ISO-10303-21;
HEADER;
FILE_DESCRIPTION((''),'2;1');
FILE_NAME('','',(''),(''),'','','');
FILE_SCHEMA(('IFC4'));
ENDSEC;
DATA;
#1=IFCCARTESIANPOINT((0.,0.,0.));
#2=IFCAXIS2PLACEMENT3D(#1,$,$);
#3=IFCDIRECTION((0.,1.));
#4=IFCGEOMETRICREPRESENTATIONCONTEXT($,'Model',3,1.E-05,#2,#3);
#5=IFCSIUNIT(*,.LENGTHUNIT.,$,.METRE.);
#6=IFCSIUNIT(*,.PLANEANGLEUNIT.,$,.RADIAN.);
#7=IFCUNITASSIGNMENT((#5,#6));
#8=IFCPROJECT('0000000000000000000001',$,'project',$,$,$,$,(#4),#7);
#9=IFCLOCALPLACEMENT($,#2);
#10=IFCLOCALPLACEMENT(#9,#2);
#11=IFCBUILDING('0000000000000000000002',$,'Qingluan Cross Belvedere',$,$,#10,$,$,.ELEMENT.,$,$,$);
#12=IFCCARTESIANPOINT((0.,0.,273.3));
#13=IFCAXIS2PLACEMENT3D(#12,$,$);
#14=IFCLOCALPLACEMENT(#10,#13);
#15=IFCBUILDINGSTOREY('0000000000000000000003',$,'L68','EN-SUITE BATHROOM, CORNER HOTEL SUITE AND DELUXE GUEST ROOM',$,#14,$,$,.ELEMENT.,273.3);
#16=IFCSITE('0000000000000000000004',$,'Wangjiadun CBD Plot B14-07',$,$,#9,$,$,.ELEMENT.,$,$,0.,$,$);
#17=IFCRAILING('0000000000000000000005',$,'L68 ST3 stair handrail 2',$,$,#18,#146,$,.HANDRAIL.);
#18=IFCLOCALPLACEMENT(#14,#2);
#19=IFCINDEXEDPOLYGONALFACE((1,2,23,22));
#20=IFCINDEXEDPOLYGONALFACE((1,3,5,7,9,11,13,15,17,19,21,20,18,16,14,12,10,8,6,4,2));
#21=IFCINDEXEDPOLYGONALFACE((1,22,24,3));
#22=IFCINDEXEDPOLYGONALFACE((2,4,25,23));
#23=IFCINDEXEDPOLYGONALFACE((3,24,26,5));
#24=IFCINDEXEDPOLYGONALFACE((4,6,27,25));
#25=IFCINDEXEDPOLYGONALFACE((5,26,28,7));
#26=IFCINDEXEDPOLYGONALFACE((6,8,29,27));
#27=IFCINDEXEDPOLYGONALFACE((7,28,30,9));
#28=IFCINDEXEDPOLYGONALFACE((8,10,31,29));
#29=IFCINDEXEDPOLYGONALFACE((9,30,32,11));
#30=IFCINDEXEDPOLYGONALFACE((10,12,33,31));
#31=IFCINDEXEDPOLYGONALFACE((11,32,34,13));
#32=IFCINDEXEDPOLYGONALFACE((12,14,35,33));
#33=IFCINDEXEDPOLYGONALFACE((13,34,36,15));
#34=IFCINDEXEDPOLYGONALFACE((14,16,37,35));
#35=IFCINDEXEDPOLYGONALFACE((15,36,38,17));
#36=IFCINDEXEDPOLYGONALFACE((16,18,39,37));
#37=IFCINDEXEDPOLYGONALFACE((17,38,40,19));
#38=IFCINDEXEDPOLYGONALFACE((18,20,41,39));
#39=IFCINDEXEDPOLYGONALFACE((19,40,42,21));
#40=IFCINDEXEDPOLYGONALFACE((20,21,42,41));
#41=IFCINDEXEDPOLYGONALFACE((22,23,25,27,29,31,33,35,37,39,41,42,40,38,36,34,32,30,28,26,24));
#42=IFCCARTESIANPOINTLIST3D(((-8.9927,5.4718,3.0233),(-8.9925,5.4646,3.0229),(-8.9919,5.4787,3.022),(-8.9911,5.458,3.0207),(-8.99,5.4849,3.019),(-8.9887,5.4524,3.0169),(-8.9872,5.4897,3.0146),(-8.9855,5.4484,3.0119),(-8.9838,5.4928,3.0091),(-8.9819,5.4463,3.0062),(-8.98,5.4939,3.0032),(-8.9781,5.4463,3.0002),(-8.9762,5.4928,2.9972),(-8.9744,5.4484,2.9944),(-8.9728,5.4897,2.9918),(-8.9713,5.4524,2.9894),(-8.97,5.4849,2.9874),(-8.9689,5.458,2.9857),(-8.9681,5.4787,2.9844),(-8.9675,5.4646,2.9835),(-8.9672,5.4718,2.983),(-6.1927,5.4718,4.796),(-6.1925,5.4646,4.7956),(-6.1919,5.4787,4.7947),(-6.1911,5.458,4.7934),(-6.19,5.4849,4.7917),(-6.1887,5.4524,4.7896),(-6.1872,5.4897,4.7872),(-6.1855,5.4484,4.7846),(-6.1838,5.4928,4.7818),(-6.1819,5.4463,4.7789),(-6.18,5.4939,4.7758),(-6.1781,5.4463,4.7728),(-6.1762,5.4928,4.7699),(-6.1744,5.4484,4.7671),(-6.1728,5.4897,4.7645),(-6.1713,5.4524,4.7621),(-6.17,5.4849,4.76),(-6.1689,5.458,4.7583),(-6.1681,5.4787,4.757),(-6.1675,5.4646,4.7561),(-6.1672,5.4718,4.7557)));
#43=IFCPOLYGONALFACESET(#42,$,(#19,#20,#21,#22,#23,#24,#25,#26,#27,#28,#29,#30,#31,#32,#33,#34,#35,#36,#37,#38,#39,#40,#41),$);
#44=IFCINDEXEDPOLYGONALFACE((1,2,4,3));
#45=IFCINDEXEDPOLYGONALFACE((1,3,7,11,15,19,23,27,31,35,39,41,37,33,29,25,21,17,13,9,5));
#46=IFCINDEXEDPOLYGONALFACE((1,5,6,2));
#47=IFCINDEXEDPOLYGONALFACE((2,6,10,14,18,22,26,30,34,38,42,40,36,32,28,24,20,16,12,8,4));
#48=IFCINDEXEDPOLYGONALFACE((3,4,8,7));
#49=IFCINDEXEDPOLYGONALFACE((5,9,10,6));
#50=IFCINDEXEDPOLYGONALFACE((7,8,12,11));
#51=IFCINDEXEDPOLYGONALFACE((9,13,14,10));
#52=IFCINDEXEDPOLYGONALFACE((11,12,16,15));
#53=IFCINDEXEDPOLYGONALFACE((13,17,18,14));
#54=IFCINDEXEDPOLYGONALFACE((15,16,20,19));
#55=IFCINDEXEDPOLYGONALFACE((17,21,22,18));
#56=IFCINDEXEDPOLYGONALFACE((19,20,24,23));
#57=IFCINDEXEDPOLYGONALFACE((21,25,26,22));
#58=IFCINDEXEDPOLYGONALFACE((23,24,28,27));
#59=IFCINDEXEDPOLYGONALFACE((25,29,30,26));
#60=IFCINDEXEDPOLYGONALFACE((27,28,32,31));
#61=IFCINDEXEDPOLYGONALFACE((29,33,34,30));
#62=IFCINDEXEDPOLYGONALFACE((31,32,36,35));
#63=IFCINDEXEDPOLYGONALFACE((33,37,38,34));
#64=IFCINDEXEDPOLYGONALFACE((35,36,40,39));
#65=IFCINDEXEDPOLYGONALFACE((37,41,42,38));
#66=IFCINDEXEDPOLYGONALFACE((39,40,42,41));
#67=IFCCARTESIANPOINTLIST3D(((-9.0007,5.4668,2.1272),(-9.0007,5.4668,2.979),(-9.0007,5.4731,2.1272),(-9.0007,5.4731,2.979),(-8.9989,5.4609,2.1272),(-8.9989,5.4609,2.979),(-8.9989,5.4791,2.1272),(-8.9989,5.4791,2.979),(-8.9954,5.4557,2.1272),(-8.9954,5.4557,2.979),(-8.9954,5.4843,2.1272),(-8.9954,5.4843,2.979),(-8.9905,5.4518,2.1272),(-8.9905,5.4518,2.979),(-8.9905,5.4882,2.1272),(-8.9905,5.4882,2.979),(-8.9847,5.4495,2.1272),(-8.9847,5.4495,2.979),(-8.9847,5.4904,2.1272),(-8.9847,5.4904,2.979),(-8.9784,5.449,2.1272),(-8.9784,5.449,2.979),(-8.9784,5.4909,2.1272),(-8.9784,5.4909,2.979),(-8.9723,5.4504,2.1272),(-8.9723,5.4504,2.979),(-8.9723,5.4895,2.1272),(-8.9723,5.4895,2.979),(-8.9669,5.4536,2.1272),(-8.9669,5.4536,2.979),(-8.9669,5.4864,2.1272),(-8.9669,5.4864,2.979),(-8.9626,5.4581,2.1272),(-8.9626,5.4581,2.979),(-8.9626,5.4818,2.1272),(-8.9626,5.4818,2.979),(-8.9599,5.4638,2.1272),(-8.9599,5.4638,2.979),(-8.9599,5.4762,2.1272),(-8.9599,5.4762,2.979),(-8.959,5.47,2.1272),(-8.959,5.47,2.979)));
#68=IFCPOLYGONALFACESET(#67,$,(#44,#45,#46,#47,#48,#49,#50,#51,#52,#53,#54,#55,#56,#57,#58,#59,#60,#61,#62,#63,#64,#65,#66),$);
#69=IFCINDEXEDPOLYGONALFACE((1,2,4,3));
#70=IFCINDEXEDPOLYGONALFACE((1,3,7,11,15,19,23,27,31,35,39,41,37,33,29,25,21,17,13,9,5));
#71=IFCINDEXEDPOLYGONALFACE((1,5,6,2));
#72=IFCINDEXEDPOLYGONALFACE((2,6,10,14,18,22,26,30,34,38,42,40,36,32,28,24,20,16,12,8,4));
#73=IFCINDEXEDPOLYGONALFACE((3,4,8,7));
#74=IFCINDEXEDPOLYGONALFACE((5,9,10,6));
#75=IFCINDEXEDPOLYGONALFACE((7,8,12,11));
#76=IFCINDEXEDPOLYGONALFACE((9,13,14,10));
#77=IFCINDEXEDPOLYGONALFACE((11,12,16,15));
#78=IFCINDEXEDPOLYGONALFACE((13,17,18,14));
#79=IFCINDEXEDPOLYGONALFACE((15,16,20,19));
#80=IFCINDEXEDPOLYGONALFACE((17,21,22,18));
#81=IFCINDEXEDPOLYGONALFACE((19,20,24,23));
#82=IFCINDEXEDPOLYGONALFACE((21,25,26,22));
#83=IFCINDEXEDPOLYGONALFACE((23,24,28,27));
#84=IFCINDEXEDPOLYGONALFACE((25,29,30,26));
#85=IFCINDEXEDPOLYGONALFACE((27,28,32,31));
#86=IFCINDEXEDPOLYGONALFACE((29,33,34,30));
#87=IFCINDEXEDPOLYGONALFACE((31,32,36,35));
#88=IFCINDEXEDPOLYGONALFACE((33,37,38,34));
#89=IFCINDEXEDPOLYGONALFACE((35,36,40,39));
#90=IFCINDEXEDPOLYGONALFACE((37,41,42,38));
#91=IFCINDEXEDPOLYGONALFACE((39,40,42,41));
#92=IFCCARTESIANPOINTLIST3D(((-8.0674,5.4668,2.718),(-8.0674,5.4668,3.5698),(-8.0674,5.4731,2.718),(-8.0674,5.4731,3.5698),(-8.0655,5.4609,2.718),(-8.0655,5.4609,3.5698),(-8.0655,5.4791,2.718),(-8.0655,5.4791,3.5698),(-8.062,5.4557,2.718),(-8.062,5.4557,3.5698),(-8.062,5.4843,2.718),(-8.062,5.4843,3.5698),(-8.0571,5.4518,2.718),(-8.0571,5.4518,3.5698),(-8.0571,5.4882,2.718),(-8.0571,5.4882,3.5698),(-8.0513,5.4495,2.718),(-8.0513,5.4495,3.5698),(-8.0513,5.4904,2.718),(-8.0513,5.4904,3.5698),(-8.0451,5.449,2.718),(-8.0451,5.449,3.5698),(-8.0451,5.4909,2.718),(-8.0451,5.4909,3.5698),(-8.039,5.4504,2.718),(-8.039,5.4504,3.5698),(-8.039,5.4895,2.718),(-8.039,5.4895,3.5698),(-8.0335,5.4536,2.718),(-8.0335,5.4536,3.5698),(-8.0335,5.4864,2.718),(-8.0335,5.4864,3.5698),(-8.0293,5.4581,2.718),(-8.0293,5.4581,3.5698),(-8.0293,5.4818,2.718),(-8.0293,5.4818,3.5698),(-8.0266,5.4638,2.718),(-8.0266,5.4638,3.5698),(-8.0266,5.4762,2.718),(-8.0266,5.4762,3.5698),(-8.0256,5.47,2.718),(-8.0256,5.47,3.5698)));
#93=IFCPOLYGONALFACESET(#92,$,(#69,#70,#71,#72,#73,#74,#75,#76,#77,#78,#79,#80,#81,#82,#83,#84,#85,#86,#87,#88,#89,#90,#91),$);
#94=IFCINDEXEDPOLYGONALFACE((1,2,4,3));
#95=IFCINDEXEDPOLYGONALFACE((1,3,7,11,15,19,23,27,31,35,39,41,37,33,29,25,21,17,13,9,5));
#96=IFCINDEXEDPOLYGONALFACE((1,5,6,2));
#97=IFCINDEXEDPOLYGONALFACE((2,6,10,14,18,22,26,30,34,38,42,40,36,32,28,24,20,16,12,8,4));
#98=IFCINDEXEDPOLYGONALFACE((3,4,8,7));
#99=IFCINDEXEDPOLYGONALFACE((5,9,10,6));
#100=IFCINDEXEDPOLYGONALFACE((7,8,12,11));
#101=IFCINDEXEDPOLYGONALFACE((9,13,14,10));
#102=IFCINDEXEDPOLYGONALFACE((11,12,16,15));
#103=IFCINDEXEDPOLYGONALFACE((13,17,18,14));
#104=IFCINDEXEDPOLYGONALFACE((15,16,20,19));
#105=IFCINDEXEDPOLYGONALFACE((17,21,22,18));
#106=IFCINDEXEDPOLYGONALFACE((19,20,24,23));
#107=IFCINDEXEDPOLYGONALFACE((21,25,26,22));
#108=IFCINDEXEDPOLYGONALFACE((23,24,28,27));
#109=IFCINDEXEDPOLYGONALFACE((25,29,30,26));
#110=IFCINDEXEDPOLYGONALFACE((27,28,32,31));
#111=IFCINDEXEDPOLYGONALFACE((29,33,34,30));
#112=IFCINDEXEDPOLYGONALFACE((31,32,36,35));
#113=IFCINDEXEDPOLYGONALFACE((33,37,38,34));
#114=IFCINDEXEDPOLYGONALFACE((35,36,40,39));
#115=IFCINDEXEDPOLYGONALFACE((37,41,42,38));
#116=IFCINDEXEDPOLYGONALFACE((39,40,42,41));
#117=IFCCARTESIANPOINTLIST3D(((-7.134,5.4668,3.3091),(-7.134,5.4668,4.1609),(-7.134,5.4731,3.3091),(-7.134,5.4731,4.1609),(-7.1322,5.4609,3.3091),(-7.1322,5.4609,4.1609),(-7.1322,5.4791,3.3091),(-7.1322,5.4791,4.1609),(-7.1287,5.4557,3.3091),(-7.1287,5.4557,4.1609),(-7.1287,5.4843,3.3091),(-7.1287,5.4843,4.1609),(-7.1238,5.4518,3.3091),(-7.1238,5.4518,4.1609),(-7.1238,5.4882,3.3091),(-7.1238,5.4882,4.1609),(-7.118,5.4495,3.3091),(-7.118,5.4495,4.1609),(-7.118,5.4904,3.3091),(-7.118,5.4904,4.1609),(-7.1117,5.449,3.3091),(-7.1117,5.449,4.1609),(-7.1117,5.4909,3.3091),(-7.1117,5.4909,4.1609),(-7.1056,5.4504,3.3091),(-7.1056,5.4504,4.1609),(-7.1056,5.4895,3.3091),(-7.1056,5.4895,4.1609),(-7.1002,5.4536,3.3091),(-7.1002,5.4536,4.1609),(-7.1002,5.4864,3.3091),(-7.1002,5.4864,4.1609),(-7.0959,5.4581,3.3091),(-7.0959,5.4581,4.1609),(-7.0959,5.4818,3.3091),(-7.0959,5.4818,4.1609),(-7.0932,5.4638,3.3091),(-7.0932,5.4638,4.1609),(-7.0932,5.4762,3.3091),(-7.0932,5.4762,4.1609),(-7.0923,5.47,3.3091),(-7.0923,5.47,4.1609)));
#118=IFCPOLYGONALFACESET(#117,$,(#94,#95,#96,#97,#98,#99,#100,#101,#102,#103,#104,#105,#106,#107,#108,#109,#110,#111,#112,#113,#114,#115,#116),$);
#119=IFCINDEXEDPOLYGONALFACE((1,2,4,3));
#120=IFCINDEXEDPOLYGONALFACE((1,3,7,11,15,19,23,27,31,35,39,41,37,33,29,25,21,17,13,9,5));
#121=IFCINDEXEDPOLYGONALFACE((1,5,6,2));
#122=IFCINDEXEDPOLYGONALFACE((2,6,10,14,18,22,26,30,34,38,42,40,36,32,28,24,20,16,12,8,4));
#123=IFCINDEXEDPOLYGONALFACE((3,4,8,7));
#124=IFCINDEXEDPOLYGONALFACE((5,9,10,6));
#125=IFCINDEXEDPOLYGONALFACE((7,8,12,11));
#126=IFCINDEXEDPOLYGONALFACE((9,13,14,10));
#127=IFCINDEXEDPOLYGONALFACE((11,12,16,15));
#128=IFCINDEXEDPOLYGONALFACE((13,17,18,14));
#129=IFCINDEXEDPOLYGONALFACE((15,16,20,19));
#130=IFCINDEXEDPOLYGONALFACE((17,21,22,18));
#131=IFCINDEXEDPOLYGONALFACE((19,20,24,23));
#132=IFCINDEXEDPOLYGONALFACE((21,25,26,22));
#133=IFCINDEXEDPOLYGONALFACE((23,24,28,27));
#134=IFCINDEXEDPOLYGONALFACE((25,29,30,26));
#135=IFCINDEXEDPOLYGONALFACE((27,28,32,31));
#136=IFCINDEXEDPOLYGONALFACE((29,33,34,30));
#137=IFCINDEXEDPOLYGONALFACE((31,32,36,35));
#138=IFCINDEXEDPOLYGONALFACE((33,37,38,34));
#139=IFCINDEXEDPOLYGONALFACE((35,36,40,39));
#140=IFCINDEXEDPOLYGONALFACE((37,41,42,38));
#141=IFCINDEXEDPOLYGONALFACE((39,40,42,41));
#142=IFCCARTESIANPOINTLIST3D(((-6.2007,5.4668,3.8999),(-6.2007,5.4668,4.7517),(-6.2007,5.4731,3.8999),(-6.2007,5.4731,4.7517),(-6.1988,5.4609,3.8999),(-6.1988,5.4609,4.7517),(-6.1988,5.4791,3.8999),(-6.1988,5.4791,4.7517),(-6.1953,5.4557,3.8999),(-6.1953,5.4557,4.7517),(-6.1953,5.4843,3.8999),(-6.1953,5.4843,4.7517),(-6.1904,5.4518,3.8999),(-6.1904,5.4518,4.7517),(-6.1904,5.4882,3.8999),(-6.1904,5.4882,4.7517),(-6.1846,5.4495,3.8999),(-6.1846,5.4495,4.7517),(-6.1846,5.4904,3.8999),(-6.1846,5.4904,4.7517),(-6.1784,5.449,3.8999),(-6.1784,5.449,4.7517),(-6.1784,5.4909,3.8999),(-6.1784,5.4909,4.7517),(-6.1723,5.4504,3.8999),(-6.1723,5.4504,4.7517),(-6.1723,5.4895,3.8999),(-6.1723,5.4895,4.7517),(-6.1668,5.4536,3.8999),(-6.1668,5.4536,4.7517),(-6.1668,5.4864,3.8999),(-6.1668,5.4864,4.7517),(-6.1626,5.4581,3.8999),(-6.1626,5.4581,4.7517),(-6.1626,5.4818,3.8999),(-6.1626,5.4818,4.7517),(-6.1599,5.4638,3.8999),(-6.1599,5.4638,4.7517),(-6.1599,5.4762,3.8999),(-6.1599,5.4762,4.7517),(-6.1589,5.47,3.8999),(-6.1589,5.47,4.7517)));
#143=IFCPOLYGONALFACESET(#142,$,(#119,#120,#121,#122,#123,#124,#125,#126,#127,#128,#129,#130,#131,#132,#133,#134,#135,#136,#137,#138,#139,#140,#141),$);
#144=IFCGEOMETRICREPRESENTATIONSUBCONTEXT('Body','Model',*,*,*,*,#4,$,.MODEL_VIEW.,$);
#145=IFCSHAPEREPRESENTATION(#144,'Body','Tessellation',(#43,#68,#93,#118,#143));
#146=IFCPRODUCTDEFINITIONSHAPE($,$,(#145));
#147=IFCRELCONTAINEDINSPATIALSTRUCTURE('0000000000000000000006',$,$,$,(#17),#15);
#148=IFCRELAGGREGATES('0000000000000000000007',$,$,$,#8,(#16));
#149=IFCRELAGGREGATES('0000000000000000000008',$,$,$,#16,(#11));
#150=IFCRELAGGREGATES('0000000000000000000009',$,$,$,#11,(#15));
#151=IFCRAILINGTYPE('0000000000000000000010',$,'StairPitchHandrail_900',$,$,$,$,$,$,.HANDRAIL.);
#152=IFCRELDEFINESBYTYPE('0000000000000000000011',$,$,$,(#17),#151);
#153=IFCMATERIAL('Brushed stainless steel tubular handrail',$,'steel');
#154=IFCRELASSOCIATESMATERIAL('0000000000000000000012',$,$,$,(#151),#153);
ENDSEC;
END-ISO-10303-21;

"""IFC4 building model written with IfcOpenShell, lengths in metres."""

from ifc_helpers import new_model, si_unit, direction, frame, origin, origin_2d, place, context, subcontext, project, spatial, circle, extrude, material, type_object, element, save


model = new_model("IFC4")

# Units and contexts
model_context = context("Model", 3, precision=1e-05, world=origin(), true_north=direction((0.0, 1.0)))
body_context = subcontext(model_context, "Body", "Model", "MODEL_VIEW")
ifc_project = project(units=[si_unit("LENGTHUNIT", "METRE"), si_unit("PLANEANGLEUNIT", "RADIAN")], contexts=[model_context])

# Site, building, storey
site_placement = place(None, origin())
site = spatial("IfcSite", under=ifc_project, at=site_placement, Name="Wangjiadun CBD Plot B14-07", CompositionType="ELEMENT", RefElevation=0.0)
building_placement = place(site_placement, origin())
building = spatial("IfcBuilding", under=site, at=building_placement, Name="Qingluan Cross Belvedere", CompositionType="ELEMENT")
storey_placement = place(building_placement, frame((0.0, 0.0, 273.3)))
storey = spatial("IfcBuildingStorey", under=building, at=storey_placement, Name="L68", Description="EN-SUITE BATHROOM, CORNER HOTEL SUITE AND DELUXE GUEST ROOM", CompositionType="ELEMENT", Elevation=273.3)

# Railing
ifc_material_1 = material(Name="Brushed stainless steel tubular handrail", Category="steel")
railing_type_1 = type_object("IfcRailingType", Name="StairPitchHandrail_900", PredefinedType="HANDRAIL", material=ifc_material_1)
railing_1_placement = place(storey_placement, frame((-8.98, 5.47, 2.1272)))
element("IfcRailing", 1, at=railing_1_placement, inside=storey, type_object=railing_type_1, Name="L68 ST3 stair handrail 2", PredefinedType="HANDRAIL", context=body_context, shape_type="SweptSolid", body=[
    extrude(circle(Radius=0.0239, at=origin_2d()), frame((0.0, 0.0, 0.876), z_axis=(0.844909, 0.0, 0.53491), x_axis=(0.0, 1.0, 0.0)), (0.0, 0.0, 1.0), 3.314),
    extrude(circle(Radius=0.021, at=origin_2d()), origin(), (0.0, 0.0, 1.0), 0.8518),
    extrude(circle(Radius=0.021, at=origin_2d()), frame((0.9333, 0.0, 0.5908)), (0.0, 0.0, 1.0), 0.8518),
    extrude(circle(Radius=0.021, at=origin_2d()), frame((1.8667, 0.0, 1.1819)), (0.0, 0.0, 1.0), 0.8518),
    extrude(circle(Radius=0.021, at=origin_2d()), frame((2.8, 0.0, 1.7727)), (0.0, 0.0, 1.0), 0.8518),
])

save(model, "model.ifc")
